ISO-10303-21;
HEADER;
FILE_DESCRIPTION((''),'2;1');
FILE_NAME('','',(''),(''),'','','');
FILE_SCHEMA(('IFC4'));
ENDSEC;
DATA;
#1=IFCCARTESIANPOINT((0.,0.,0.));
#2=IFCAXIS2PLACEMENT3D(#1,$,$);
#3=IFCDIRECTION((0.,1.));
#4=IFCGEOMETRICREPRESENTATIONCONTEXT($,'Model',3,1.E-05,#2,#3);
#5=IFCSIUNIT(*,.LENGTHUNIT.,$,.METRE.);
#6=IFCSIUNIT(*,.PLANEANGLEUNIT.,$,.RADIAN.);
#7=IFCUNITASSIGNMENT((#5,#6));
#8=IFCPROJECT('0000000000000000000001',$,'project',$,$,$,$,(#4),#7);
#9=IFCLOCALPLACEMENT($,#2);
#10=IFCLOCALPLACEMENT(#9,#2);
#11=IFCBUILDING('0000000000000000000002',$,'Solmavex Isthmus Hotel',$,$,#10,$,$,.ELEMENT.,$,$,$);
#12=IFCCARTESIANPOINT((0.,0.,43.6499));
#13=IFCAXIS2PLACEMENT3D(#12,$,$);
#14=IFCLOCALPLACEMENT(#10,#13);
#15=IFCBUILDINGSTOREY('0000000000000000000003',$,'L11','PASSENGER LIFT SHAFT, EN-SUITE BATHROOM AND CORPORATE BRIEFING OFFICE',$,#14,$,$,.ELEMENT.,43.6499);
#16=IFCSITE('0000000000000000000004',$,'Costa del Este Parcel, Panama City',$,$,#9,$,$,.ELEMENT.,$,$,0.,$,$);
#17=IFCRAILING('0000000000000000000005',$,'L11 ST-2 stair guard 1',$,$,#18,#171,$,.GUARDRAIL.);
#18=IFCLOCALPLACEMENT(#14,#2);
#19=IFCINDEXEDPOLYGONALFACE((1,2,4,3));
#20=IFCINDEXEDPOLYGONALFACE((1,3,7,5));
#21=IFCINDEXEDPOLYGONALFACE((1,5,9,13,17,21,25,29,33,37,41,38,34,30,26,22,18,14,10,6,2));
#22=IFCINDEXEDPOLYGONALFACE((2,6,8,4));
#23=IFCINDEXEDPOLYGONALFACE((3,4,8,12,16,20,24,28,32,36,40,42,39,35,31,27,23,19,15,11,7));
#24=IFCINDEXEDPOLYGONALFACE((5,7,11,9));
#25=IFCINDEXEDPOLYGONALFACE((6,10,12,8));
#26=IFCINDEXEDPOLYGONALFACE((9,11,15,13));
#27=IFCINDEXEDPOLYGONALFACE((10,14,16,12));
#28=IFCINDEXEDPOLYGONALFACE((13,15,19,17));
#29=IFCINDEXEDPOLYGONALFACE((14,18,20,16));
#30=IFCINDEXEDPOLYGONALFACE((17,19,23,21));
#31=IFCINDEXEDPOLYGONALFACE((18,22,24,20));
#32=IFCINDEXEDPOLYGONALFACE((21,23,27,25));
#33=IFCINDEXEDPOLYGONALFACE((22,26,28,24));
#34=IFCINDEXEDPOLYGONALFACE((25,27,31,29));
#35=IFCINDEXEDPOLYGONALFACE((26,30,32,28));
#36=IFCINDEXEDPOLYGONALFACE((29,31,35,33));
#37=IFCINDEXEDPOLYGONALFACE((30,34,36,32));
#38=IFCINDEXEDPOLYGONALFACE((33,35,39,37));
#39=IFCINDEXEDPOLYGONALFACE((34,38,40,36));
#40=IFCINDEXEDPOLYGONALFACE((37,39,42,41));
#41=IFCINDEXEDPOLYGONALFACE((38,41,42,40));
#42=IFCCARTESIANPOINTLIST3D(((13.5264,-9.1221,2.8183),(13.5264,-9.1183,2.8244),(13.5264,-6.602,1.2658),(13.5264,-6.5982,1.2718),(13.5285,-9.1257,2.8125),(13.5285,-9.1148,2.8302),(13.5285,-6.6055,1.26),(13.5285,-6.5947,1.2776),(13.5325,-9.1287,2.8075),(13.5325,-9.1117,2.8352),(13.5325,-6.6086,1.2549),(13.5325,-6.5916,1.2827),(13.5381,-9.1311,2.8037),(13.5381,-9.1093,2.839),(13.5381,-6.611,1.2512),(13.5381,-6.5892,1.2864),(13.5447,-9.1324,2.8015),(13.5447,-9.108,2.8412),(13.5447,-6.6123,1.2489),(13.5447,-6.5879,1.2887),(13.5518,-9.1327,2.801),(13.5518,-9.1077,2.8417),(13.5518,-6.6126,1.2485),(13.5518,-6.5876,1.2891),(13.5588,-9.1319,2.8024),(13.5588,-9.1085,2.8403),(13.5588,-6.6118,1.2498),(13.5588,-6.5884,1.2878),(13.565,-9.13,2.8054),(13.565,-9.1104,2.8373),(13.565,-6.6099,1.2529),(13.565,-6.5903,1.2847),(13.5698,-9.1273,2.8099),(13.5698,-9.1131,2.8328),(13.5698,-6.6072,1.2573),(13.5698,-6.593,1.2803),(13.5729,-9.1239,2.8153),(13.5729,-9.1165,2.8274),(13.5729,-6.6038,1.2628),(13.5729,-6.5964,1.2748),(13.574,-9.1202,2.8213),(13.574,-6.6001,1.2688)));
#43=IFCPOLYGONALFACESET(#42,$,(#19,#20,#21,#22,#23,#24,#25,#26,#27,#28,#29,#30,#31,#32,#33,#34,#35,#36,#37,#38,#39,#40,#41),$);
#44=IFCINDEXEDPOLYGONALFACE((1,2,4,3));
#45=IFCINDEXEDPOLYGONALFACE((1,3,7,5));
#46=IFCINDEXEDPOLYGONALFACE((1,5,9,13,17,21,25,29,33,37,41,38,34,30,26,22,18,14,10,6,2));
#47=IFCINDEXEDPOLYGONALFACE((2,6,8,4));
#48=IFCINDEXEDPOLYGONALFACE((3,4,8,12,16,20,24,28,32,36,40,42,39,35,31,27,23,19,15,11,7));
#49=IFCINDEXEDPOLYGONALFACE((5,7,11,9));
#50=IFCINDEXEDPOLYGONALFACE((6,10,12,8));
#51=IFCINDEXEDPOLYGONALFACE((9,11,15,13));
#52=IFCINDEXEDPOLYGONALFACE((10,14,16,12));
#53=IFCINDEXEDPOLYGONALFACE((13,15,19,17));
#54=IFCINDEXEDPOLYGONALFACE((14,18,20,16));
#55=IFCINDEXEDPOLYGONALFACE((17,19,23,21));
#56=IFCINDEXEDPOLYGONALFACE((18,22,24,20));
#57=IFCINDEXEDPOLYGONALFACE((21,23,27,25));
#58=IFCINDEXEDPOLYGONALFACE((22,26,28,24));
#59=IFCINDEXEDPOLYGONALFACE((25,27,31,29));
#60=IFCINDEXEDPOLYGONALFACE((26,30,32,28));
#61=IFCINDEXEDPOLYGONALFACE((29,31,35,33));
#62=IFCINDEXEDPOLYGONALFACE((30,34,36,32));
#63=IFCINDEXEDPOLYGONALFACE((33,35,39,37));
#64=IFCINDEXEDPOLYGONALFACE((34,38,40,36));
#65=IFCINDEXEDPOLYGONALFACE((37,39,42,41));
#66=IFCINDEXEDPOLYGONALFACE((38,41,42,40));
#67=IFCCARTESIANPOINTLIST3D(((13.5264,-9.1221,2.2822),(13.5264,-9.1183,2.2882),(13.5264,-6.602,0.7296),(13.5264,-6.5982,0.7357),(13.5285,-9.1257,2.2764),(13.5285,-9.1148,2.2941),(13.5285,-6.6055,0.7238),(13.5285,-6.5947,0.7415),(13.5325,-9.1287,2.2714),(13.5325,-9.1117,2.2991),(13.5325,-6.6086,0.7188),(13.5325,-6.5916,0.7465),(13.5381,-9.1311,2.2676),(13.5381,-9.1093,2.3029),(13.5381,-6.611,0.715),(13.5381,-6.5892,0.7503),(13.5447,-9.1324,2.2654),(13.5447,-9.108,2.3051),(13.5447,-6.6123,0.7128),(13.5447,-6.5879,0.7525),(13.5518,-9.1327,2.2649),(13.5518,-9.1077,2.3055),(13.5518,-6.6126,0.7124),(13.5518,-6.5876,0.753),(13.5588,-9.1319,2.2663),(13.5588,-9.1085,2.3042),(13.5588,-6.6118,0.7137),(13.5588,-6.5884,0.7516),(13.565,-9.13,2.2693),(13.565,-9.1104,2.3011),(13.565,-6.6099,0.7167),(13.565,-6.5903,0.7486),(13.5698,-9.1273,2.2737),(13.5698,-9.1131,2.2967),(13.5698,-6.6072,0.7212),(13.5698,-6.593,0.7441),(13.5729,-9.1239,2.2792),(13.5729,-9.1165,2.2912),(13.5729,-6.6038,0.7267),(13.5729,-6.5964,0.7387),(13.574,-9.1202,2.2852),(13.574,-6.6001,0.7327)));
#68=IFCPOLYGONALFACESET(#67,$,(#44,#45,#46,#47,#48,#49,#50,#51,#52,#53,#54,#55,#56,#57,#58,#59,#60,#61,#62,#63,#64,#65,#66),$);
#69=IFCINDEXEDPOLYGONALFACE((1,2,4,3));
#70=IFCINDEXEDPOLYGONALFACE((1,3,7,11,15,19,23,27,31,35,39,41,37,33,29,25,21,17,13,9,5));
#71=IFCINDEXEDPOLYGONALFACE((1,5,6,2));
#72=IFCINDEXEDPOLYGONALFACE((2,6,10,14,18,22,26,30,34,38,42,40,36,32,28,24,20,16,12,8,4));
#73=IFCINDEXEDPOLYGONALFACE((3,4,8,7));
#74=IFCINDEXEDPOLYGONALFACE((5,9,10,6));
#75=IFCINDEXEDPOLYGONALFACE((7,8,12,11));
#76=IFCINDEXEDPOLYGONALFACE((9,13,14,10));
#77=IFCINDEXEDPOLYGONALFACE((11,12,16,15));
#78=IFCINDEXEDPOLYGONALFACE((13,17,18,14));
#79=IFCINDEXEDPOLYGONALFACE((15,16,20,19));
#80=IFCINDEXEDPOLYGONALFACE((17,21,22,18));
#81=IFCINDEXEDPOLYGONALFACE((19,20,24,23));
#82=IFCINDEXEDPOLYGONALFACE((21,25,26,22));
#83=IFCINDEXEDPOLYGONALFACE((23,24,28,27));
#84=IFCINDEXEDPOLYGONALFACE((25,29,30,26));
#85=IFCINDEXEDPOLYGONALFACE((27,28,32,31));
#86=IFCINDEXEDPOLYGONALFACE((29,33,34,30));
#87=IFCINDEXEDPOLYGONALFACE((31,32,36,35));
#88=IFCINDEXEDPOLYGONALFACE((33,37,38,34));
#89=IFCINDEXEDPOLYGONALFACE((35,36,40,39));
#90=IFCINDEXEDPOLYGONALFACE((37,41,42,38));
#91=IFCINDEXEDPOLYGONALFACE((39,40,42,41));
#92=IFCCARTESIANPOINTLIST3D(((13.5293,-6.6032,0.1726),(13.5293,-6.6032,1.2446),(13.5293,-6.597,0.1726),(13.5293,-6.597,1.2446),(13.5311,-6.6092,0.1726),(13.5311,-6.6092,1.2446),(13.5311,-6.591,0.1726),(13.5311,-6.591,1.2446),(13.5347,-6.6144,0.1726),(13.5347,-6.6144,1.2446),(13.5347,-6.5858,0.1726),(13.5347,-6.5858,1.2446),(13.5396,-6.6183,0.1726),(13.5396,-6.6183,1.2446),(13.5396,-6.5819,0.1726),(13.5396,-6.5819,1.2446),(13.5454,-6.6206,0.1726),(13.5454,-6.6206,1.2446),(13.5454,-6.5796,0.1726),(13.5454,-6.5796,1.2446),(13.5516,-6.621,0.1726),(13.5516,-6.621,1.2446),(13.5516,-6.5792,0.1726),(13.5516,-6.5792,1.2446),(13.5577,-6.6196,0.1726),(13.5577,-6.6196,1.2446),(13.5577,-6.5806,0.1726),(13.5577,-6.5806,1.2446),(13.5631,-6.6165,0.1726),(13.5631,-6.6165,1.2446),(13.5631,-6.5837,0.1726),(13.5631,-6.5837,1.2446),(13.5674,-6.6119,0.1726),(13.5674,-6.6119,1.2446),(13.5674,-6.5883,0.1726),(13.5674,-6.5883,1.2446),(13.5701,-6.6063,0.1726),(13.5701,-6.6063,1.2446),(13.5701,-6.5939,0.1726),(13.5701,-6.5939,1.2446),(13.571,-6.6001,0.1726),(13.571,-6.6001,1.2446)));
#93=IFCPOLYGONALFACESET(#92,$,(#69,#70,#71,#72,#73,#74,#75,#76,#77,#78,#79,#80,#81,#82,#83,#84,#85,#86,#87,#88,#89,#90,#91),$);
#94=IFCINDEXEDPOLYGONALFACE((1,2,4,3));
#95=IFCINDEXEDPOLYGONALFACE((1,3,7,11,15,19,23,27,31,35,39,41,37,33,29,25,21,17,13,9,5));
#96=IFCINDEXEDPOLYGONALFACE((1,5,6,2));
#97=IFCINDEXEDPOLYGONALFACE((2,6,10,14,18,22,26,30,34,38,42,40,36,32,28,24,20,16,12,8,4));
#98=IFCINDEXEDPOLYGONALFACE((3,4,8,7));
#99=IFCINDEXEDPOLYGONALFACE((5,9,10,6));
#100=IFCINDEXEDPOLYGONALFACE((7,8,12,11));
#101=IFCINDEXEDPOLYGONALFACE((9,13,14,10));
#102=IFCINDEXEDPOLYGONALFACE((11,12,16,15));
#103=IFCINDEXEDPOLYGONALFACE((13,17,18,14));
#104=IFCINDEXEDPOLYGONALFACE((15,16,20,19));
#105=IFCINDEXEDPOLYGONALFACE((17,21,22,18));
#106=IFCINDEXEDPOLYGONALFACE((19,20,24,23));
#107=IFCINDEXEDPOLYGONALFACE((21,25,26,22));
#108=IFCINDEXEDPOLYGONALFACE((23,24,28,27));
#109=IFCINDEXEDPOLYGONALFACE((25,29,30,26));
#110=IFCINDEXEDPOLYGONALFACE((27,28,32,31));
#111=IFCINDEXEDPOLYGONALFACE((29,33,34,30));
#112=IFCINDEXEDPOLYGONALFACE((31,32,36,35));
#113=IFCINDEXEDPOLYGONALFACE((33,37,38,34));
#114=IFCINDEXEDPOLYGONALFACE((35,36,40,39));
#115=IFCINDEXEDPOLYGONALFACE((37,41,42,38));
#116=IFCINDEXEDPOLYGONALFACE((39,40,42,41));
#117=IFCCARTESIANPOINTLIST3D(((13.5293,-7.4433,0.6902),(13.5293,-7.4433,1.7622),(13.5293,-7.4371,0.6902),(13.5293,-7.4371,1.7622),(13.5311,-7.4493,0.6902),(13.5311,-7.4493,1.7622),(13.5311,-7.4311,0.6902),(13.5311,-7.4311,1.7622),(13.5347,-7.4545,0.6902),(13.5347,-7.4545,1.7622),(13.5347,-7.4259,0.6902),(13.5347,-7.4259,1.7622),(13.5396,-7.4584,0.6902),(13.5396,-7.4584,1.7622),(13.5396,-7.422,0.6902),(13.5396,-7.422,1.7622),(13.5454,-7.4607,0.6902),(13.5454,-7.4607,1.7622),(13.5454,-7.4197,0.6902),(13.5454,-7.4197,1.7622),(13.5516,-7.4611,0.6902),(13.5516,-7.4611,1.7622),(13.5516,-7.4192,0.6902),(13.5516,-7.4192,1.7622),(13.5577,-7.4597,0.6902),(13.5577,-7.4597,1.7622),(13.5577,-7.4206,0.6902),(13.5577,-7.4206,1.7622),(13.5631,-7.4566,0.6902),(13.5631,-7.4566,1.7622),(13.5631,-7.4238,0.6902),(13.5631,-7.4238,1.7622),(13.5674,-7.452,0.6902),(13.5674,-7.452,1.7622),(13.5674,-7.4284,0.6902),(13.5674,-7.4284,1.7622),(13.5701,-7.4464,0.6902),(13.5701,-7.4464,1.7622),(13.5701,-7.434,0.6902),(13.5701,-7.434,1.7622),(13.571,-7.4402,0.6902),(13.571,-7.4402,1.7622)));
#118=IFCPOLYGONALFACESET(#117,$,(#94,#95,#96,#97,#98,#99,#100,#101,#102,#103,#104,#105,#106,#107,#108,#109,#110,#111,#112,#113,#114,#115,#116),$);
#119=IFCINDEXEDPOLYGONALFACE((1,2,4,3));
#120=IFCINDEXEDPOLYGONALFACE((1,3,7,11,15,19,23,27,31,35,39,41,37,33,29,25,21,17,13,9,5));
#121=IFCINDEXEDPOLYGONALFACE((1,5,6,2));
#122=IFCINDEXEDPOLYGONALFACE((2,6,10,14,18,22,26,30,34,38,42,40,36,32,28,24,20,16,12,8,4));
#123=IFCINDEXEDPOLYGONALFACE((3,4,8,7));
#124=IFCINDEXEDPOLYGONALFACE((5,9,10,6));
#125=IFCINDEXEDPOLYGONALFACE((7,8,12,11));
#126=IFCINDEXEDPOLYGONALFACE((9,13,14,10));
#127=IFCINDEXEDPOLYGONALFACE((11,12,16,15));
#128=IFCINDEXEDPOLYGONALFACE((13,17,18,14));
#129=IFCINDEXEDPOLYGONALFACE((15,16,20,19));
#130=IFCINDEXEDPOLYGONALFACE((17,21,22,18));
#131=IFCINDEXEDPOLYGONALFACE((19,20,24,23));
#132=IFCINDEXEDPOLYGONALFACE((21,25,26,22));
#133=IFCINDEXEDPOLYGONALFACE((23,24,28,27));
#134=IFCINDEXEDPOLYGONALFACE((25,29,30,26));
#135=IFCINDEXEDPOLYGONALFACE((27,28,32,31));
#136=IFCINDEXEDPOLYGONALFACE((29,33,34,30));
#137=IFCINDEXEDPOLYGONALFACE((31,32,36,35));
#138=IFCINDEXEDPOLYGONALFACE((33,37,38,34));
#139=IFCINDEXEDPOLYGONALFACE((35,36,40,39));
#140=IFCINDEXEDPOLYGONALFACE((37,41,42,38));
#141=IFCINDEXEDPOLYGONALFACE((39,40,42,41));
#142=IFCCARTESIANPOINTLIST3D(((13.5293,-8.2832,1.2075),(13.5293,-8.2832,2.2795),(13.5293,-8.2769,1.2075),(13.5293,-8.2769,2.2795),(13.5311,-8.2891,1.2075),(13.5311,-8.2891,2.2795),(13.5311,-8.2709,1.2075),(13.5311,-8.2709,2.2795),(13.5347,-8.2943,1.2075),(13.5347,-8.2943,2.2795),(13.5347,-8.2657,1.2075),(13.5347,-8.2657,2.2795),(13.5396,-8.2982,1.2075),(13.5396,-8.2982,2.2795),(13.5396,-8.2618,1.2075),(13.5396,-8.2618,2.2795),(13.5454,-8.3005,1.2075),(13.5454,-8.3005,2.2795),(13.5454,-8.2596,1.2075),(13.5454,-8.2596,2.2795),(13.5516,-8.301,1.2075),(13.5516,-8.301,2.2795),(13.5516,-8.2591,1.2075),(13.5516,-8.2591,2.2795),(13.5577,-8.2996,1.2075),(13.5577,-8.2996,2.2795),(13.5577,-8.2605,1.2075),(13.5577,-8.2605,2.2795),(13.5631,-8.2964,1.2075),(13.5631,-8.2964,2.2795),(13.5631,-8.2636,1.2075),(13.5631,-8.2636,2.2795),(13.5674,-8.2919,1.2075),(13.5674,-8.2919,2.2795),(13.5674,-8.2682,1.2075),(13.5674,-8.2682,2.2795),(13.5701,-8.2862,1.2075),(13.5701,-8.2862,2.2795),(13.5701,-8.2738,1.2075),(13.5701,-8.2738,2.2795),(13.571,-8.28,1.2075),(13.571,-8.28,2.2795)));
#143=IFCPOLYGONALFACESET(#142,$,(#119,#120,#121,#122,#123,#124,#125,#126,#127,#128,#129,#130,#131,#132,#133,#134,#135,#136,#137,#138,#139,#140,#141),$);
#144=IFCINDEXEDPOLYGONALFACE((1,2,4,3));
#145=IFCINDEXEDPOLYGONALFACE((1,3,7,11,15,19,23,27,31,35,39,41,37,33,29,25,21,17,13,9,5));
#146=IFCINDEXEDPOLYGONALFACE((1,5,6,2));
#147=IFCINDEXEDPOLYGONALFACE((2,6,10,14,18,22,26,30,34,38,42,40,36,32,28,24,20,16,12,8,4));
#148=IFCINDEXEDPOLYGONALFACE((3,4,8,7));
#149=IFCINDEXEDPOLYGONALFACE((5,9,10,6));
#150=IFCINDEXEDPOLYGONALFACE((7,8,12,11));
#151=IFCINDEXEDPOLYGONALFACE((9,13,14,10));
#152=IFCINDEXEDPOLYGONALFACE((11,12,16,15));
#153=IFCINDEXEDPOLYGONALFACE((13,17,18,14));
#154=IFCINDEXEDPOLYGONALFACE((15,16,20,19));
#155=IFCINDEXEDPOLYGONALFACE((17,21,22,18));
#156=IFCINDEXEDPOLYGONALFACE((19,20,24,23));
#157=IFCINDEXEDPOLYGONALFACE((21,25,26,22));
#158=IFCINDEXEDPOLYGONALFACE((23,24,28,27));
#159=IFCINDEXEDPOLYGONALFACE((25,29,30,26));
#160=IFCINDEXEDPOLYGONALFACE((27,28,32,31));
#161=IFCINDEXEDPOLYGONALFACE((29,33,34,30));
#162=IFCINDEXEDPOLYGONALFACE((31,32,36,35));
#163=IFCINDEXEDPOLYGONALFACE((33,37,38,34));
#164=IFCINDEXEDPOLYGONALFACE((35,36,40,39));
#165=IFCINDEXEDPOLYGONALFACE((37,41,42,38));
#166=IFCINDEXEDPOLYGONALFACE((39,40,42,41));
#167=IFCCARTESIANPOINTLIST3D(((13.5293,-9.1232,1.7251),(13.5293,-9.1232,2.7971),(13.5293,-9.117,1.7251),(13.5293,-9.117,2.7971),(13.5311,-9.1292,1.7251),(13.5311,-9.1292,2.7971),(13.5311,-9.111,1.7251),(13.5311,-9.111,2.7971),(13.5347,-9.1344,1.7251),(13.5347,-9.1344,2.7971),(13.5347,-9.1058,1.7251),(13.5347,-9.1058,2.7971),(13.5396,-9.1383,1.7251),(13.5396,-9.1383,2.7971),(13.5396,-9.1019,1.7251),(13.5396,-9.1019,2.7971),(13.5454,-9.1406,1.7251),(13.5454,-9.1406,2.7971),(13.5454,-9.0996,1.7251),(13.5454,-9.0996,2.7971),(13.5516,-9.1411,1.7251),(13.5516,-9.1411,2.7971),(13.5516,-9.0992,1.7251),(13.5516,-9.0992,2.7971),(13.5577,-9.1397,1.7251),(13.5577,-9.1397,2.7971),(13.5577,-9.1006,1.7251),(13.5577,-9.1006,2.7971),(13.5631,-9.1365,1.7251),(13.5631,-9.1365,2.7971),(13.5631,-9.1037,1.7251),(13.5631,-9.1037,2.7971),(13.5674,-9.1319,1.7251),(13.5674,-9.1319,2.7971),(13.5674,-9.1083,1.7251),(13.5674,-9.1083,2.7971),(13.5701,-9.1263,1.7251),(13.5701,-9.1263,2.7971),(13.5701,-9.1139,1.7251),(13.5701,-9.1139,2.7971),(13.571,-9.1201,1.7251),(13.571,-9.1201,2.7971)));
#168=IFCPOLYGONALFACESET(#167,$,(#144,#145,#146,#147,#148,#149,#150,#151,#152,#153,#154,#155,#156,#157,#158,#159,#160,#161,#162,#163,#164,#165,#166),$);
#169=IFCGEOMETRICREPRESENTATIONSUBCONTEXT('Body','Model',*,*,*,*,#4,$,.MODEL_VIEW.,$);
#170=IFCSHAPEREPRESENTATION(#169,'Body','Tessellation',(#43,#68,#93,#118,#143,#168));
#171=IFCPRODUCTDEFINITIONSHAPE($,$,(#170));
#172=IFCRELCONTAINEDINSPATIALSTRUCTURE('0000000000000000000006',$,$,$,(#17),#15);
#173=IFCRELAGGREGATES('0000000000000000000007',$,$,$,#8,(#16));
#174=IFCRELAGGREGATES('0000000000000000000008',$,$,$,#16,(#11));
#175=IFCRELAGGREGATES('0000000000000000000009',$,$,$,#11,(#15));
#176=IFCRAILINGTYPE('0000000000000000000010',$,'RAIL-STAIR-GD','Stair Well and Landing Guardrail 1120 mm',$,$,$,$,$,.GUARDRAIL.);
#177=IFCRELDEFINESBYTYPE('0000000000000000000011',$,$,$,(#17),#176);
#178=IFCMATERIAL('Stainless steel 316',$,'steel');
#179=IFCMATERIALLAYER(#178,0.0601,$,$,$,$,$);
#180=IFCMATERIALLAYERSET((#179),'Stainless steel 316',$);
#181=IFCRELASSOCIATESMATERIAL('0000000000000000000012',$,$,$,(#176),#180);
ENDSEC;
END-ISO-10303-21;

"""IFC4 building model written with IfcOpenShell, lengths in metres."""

from ifc_helpers import new_model, si_unit, direction, frame, origin, origin_2d, place, context, subcontext, project, spatial, circle, extrude, material, layer, layer_set, type_object, element, save


model = new_model("IFC4")

# Units and contexts
model_context = context("Model", 3, precision=1e-05, world=origin(), true_north=direction((0.0, 1.0)))
body_context = subcontext(model_context, "Body", "Model", "MODEL_VIEW")
ifc_project = project(units=[si_unit("LENGTHUNIT", "METRE"), si_unit("PLANEANGLEUNIT", "RADIAN")], contexts=[model_context])

# Site, building, storey
site_placement = place(None, origin())
site = spatial("IfcSite", under=ifc_project, at=site_placement, Name="Costa del Este Parcel, Panama City", CompositionType="ELEMENT", RefElevation=0.0)
building_placement = place(site_placement, origin())
building = spatial("IfcBuilding", under=site, at=building_placement, Name="Solmavex Isthmus Hotel", CompositionType="ELEMENT")
storey_placement = place(building_placement, frame((0.0, 0.0, 43.6499)))
storey = spatial("IfcBuildingStorey", under=building, at=storey_placement, Name="L11", Description="PASSENGER LIFT SHAFT, EN-SUITE BATHROOM AND CORPORATE BRIEFING OFFICE", CompositionType="ELEMENT", Elevation=43.6499)

# Railing
ifc_material_1 = material(Name="Stainless steel 316", Category="steel")
ifc_layer_1 = layer(ifc_material_1, 0.0601)
ifc_layer_set_1 = layer_set([ifc_layer_1], Name="Stainless steel 316")
railing_type_1 = type_object("IfcRailingType", Name="RAIL-STAIR-GD", Description="Stair Well and Landing Guardrail 1120 mm", PredefinedType="GUARDRAIL", material=ifc_layer_set_1)
railing_1_placement = place(storey_placement, frame((13.55, -6.6001, 0.1726)))
element("IfcRailing", 1, at=railing_1_placement, inside=storey, type_object=railing_type_1, Name="L11 ST-2 stair guard 1", PredefinedType="GUARDRAIL", context=body_context, shape_type="SweptSolid", body=[
    extrude(circle(Radius=0.0239, at=origin_2d()), frame((0.0, 0.0, 1.0962), z_axis=(0.0, -0.8514, 0.524516), x_axis=(1.0, 0.0, 0.0)), (0.0, 0.0, 1.0), 2.96),
    extrude(circle(Radius=0.0239, at=origin_2d()), frame((0.0, 0.0, 0.5601), z_axis=(0.0, -0.8514, 0.524516), x_axis=(1.0, 0.0, 0.0)), (0.0, 0.0, 1.0), 2.96),
    extrude(circle(Radius=0.021, at=origin_2d()), origin(), (0.0, 0.0, 1.0), 1.072),
    extrude(circle(Radius=0.021, at=origin_2d()), frame((0.0, -0.8401, 0.5176)), (0.0, 0.0, 1.0), 1.072),
    extrude(circle(Radius=0.021, at=origin_2d()), frame((0.0, -1.6799, 1.0349)), (0.0, 0.0, 1.0), 1.072),
    extrude(circle(Radius=0.021, at=origin_2d()), frame((0.0, -2.52, 1.5525)), (0.0, 0.0, 1.0), 1.072),
])

save(model, "model.ifc")
